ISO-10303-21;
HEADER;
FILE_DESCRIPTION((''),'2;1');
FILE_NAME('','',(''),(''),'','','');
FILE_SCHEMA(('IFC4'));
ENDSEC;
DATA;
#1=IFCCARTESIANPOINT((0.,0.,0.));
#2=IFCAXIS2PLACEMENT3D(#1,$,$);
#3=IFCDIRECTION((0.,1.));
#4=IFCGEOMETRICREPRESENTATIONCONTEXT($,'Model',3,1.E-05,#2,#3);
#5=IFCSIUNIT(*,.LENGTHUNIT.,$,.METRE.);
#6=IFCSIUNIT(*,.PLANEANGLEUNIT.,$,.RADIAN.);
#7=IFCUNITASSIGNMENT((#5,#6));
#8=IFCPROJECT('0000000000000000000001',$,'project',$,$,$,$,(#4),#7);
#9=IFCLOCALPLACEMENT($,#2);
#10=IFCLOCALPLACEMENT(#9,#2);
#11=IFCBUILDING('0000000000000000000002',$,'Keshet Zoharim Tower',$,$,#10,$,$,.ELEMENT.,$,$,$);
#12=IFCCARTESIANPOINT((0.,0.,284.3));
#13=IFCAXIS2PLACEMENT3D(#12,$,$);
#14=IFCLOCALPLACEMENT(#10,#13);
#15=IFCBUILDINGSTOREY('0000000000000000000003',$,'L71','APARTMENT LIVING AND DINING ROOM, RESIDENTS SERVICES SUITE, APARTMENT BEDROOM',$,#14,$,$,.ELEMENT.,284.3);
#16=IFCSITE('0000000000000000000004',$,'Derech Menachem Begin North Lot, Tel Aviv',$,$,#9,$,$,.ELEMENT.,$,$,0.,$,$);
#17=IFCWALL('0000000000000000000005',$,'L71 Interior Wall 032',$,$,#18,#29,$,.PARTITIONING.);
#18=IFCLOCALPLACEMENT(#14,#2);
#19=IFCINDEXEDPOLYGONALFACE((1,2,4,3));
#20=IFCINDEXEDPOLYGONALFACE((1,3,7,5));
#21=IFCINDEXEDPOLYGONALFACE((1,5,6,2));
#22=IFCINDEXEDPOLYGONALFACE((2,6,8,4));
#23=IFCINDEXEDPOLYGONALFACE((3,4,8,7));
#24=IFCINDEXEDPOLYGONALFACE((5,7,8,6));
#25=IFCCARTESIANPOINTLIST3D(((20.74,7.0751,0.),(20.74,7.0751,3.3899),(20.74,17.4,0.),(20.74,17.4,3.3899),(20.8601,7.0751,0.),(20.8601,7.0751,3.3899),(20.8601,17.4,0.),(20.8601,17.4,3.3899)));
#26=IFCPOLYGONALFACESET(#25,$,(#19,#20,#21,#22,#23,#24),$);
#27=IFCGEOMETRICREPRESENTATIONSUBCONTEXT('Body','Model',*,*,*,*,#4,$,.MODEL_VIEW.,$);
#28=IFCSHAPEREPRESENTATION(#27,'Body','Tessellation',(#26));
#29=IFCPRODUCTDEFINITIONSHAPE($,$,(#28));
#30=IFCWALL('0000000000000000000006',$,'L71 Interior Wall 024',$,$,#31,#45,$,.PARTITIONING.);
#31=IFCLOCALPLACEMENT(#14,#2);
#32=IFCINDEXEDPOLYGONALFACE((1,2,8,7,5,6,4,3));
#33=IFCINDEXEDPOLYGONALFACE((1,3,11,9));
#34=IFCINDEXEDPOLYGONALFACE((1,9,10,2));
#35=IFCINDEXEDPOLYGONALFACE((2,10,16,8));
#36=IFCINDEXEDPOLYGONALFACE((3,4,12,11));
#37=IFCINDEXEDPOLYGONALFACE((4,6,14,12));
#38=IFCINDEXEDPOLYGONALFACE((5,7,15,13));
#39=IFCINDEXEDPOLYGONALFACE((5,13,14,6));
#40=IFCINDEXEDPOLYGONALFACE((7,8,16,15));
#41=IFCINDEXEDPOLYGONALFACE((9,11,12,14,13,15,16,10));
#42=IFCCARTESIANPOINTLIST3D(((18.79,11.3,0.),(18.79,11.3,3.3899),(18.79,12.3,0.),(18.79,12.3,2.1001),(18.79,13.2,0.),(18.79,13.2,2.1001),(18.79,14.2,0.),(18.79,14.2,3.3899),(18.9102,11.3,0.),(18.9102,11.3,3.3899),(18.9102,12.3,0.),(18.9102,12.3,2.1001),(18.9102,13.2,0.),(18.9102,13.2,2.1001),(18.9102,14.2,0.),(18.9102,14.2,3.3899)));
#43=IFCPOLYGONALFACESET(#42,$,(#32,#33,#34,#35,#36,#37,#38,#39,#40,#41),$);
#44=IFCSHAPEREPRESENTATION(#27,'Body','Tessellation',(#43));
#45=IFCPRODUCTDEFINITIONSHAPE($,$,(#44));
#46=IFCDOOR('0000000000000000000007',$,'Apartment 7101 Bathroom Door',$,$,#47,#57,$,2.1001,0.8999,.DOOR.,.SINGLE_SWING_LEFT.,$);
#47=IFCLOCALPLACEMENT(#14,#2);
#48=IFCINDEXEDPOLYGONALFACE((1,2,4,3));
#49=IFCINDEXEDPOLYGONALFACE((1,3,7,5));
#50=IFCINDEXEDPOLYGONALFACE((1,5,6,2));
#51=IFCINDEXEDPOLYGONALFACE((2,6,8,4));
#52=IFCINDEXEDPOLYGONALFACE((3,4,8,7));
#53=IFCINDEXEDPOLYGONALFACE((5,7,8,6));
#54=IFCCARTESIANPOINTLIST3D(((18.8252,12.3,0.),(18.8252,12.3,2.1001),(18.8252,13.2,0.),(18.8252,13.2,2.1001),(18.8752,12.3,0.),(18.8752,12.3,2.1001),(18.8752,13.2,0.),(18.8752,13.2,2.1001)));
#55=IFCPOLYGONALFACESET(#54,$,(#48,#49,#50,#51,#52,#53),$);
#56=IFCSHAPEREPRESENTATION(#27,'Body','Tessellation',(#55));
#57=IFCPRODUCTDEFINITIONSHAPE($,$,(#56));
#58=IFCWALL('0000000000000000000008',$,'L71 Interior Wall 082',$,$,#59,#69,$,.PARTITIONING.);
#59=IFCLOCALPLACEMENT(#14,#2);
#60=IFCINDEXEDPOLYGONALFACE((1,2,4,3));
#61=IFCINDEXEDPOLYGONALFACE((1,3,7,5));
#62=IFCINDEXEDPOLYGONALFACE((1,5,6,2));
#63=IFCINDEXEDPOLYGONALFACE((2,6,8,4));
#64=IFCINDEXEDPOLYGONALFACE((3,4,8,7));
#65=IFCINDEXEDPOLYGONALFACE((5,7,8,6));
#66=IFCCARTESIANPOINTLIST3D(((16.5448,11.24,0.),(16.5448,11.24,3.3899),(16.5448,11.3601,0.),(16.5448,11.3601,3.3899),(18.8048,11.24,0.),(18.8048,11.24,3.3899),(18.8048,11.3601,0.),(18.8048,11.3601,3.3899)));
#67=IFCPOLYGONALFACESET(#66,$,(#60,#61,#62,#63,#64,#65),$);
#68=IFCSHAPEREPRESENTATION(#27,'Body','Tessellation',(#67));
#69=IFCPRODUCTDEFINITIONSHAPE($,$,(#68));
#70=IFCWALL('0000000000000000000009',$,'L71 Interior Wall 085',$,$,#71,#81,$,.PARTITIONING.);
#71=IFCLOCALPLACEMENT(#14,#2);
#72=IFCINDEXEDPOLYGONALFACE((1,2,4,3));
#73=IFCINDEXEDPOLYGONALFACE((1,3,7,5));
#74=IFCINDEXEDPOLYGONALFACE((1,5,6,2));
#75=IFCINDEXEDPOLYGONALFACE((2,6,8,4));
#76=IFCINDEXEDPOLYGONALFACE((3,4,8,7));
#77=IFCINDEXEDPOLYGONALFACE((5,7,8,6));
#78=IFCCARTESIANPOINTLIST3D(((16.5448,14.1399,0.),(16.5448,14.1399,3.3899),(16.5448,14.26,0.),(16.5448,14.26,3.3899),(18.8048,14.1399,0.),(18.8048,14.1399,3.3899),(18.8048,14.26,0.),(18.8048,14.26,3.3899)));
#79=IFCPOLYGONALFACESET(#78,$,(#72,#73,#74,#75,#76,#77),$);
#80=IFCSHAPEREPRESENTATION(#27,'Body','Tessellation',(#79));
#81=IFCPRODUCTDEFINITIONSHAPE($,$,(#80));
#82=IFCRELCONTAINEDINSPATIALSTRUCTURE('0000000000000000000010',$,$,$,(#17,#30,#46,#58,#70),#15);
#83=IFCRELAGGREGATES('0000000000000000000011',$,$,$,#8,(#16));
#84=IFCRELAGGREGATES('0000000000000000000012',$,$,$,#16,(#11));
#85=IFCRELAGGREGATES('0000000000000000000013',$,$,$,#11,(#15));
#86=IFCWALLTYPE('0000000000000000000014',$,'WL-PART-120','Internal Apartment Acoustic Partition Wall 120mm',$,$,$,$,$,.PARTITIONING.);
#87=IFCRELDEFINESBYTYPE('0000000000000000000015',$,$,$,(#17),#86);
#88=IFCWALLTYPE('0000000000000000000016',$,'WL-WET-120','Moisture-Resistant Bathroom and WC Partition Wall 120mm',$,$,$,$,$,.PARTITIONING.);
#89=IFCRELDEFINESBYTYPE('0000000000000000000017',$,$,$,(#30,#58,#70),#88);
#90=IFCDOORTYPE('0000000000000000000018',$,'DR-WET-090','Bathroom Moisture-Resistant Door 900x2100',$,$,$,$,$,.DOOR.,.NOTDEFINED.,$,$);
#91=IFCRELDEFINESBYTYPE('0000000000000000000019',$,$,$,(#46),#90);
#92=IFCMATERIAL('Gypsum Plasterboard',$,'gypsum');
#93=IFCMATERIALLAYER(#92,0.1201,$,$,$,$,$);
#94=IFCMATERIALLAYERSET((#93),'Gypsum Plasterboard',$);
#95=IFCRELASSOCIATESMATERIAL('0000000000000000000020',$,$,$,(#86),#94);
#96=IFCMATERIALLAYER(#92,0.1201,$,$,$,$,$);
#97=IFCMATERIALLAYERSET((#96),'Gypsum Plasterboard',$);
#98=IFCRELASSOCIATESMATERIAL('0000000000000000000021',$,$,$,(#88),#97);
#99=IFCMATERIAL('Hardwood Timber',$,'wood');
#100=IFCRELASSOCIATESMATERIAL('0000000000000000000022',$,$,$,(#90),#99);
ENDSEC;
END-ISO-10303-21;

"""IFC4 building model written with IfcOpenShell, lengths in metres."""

from ifc_helpers import new_model, si_unit, direction, frame, frame_2d, origin, place, context, subcontext, project, spatial, rectangle, extrude, material, layer, layer_set, type_object, element, fill, save


model = new_model("IFC4")

# Units and contexts
model_context = context("Model", 3, precision=1e-05, world=origin(), true_north=direction((0.0, 1.0)))
body_context = subcontext(model_context, "Body", "Model", "MODEL_VIEW")
ifc_project = project(units=[si_unit("LENGTHUNIT", "METRE"), si_unit("PLANEANGLEUNIT", "RADIAN")], contexts=[model_context])

# Site, building, storey
site_placement = place(None, origin())
site = spatial("IfcSite", under=ifc_project, at=site_placement, Name="Derech Menachem Begin North Lot, Tel Aviv", CompositionType="ELEMENT", RefElevation=0.0)
building_placement = place(site_placement, origin())
building = spatial("IfcBuilding", under=site, at=building_placement, Name="Keshet Zoharim Tower", CompositionType="ELEMENT")
storey_placement = place(building_placement, frame((0.0, 0.0, 284.3)))
storey = spatial("IfcBuildingStorey", under=building, at=storey_placement, Name="L71", Description="APARTMENT LIVING AND DINING ROOM, RESIDENTS SERVICES SUITE, APARTMENT BEDROOM", CompositionType="ELEMENT", Elevation=284.3)

# Shared definitions
ifc_material_1 = material(Name="Gypsum Plasterboard", Category="gypsum")
ifc_material_2 = material(Name="Hardwood Timber", Category="wood")

# Wall
ifc_layer_1 = layer(ifc_material_1, 0.1201)
ifc_layer_set_1 = layer_set([ifc_layer_1], Name="Gypsum Plasterboard")
wall_type_1 = type_object("IfcWallType", Name="WL-PART-120", Description="Internal Apartment Acoustic Partition Wall 120mm", PredefinedType="PARTITIONING", material=ifc_layer_set_1)
wall_1_placement = place(storey_placement, frame((20.8, 7.075, 0.0), z_axis=(0.0, 0.0, 1.0), x_axis=(0.0, 1.0, 0.0)))
element("IfcWall", 1, at=wall_1_placement, inside=storey, type_object=wall_type_1, Name="L71 Interior Wall 032", PredefinedType="PARTITIONING", context=body_context, shape_type="SweptSolid", body=[
    extrude(rectangle(XDim=10.325, YDim=0.1201, at=frame_2d((5.1626, 0.0))), origin(), (0.0, 0.0, 1.0), 3.3899),
])

# Wall, opening, door
ifc_layer_2 = layer(ifc_material_1, 0.1201)
ifc_layer_set_2 = layer_set([ifc_layer_2], Name="Gypsum Plasterboard")
wall_type_2 = type_object("IfcWallType", Name="WL-WET-120", Description="Moisture-Resistant Bathroom and WC Partition Wall 120mm", PredefinedType="PARTITIONING", material=ifc_layer_set_2)
wall_2_placement = place(storey_placement, frame((18.8501, 11.3, 0.0), z_axis=(0.0, 0.0, 1.0), x_axis=(0.0, 1.0, 0.0)))
wall_2 = element("IfcWall", 2, at=wall_2_placement, inside=storey, type_object=wall_type_2, Name="L71 Interior Wall 024", PredefinedType="PARTITIONING", context=body_context, shape_type="SweptSolid", body=[
    extrude(rectangle(XDim=2.8999, YDim=0.1201, at=frame_2d((1.45, 0.0))), origin(), (0.0, 0.0, 1.0), 3.3899),
])
opening_1_placement = place(wall_2_placement, frame((1.0, 0.0, 0.0)))
opening_1 = element("IfcOpeningElement", 3, at=opening_1_placement, cuts=wall_2, PredefinedType="OPENING", context=body_context, shape_type="SweptSolid", body=[
    extrude(rectangle(XDim=0.8999, YDim=2.1001, at=frame_2d((0.45, 1.05))), frame((0.0, 0.0701, 0.0), z_axis=(0.0, -1.0, 0.0), x_axis=(1.0, 0.0, 0.0)), (0.0, 0.0, 1.0), 0.1401),
])
door_type_1 = type_object("IfcDoorType", Name="DR-WET-090", Description="Bathroom Moisture-Resistant Door 900x2100", OperationType="NOTDEFINED", PredefinedType="DOOR", material=ifc_material_2)
door_1_placement = place(opening_1_placement, origin())
door_1 = element("IfcDoor", 4, at=door_1_placement, inside=storey, type_object=door_type_1, Name="Apartment 7101 Bathroom Door", OperationType="SINGLE_SWING_LEFT", OverallHeight=2.1001, OverallWidth=0.8999, PredefinedType="DOOR", context=body_context, shape_type="SweptSolid", body=[
    extrude(rectangle(XDim=0.8999, YDim=2.1001, at=frame_2d((0.45, 1.05))), frame((0.0, 0.0249, 0.0), z_axis=(0.0, -1.0, 0.0), x_axis=(1.0, 0.0, 0.0)), (0.0, 0.0, 1.0), 0.05),
])
fill(opening_1, door_1)

# Walls
for number, where, z_axis, x_axis, name in (
    (5, (16.5449, 11.3, 0.0), (0.0, 0.0, 1.0), (1.0, 0.0, 0.0), "L71 Interior Wall 082"),
    (6, (16.5449, 14.2, 0.0), (0.0, 0.0, 1.0), (1.0, 0.0, 0.0), "L71 Interior Wall 085"),
):
    element("IfcWall", number, at=place(storey_placement, frame(where, z_axis=z_axis, x_axis=x_axis)), inside=storey, type_object=wall_type_2, Name=name, PredefinedType="PARTITIONING", context=body_context, shape_type="SweptSolid", body=[
        extrude(rectangle(XDim=2.26, YDim=0.1201, at=frame_2d((1.1299, 0.0))), origin(), (0.0, 0.0, 1.0), 3.3899),
    ])

save(model, "model.ifc")
